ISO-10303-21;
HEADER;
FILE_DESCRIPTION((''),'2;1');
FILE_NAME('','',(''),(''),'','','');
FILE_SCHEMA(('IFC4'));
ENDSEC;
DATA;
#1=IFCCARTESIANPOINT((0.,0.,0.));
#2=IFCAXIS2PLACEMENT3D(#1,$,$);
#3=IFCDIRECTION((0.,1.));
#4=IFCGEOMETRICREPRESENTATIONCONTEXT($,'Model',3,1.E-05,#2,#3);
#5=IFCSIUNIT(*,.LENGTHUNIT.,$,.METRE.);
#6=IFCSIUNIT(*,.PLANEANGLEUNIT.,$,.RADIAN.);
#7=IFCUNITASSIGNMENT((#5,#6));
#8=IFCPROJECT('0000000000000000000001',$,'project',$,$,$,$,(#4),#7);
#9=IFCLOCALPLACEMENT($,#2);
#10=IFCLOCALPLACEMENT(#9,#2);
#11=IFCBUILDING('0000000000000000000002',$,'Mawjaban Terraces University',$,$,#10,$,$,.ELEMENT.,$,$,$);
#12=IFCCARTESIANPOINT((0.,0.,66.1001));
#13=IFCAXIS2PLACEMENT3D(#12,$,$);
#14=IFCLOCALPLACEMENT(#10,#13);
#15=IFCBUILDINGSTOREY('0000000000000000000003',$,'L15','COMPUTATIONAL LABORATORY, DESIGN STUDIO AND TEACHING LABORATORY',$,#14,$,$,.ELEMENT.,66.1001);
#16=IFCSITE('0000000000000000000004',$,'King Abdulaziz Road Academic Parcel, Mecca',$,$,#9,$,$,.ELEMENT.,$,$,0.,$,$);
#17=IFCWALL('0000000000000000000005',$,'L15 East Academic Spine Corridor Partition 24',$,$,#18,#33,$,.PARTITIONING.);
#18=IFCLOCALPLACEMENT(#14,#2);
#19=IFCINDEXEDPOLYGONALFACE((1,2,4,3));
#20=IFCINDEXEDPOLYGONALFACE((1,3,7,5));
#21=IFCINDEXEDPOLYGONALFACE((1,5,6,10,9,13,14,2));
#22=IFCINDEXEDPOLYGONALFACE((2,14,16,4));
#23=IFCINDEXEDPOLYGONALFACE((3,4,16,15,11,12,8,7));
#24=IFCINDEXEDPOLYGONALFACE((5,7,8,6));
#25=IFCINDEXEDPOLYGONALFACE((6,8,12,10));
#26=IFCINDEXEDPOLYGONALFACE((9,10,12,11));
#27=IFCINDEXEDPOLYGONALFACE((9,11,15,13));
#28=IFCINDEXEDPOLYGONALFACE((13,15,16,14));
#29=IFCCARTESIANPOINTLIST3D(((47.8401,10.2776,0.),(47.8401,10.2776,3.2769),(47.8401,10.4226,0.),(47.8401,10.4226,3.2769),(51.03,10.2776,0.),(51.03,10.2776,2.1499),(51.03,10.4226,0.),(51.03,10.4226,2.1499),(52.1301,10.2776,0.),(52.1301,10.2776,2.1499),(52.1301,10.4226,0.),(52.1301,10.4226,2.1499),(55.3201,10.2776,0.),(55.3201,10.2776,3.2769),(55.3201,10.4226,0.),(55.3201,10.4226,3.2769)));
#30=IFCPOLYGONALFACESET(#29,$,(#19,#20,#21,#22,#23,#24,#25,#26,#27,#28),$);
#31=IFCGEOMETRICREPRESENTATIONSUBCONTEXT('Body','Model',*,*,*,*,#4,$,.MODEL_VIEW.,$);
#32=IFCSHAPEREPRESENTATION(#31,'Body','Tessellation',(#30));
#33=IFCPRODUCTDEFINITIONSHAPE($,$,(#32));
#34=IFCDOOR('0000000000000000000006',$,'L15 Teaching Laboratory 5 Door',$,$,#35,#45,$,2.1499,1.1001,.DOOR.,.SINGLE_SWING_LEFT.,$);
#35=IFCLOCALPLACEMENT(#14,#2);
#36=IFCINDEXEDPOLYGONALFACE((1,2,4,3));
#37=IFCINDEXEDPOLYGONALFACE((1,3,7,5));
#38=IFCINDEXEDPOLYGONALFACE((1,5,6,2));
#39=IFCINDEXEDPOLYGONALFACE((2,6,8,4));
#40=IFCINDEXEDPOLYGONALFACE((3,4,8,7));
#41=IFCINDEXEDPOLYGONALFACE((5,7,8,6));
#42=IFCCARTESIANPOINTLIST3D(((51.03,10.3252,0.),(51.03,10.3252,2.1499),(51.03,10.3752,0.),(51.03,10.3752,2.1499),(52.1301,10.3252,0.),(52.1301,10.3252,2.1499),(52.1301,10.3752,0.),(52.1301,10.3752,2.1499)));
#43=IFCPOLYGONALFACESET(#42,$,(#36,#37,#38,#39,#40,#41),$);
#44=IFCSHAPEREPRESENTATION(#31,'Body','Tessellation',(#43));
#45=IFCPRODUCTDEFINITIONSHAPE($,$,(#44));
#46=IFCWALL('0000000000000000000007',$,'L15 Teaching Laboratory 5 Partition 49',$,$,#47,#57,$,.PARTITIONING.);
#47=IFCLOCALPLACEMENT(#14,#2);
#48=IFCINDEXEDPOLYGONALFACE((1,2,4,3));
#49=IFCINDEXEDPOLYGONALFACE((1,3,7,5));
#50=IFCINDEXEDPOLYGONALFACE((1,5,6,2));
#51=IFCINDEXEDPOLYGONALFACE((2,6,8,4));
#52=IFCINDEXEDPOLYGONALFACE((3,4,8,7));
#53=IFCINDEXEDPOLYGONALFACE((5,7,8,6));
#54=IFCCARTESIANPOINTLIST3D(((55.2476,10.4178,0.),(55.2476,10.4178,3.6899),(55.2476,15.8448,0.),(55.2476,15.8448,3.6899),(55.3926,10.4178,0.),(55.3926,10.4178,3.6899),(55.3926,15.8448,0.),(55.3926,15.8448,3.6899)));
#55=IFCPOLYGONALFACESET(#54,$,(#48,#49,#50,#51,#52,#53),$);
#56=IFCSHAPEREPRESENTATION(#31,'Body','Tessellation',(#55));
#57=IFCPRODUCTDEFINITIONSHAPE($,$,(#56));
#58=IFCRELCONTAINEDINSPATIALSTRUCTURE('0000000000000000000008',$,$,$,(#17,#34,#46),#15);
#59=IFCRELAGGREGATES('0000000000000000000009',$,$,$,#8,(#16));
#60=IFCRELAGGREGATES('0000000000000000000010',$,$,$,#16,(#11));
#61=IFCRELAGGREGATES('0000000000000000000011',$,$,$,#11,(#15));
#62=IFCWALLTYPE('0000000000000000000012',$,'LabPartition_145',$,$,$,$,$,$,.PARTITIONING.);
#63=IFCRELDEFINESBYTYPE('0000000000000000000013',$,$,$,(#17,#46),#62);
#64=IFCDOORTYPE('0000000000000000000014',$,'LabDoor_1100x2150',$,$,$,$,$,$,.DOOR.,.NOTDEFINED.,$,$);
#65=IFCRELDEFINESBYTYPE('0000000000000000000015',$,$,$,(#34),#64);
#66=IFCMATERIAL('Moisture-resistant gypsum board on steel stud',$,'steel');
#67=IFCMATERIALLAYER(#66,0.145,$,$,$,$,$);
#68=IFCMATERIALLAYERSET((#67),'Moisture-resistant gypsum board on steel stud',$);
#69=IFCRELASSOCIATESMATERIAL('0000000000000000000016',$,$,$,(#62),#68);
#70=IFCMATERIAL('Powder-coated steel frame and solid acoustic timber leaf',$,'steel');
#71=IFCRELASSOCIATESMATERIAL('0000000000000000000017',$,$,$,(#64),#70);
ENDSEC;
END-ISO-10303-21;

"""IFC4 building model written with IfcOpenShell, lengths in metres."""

from ifc_helpers import new_model, si_unit, direction, frame, frame_2d, origin, place, context, subcontext, project, spatial, rectangle, extrude, material, layer, layer_set, type_object, element, fill, save


model = new_model("IFC4")

# Units and contexts
model_context = context("Model", 3, precision=1e-05, world=origin(), true_north=direction((0.0, 1.0)))
body_context = subcontext(model_context, "Body", "Model", "MODEL_VIEW")
ifc_project = project(units=[si_unit("LENGTHUNIT", "METRE"), si_unit("PLANEANGLEUNIT", "RADIAN")], contexts=[model_context])

# Site, building, storey
site_placement = place(None, origin())
site = spatial("IfcSite", under=ifc_project, at=site_placement, Name="King Abdulaziz Road Academic Parcel, Mecca", CompositionType="ELEMENT", RefElevation=0.0)
building_placement = place(site_placement, origin())
building = spatial("IfcBuilding", under=site, at=building_placement, Name="Mawjaban Terraces University", CompositionType="ELEMENT")
storey_placement = place(building_placement, frame((0.0, 0.0, 66.1001)))
storey = spatial("IfcBuildingStorey", under=building, at=storey_placement, Name="L15", Description="COMPUTATIONAL LABORATORY, DESIGN STUDIO AND TEACHING LABORATORY", CompositionType="ELEMENT", Elevation=66.1001)

# Shared definitions
ifc_material_1 = material(Name="Powder-coated steel frame and solid acoustic timber leaf", Category="steel")

# Wall, opening, door
ifc_material_2 = material(Name="Moisture-resistant gypsum board on steel stud", Category="steel")
ifc_layer_1 = layer(ifc_material_2, 0.145)
ifc_layer_set_1 = layer_set([ifc_layer_1], Name="Moisture-resistant gypsum board on steel stud")
wall_type_1 = type_object("IfcWallType", Name="LabPartition_145", PredefinedType="PARTITIONING", material=ifc_layer_set_1)
wall_1_placement = place(storey_placement, frame((55.3201, 10.3501, 0.0), z_axis=(0.0, 0.0, 1.0), x_axis=(-1.0, 0.0, 0.0)))
wall_1 = element("IfcWall", 1, at=wall_1_placement, inside=storey, type_object=wall_type_1, Name="L15 East Academic Spine Corridor Partition 24", PredefinedType="PARTITIONING", context=body_context, shape_type="SweptSolid", body=[
    extrude(rectangle(XDim=7.48, YDim=0.145, at=frame_2d((3.74, 0.0))), origin(), (0.0, 0.0, 1.0), 3.2769),
])
opening_1_placement = place(wall_1_placement, frame((3.1899, 0.0, 0.0)))
opening_1 = element("IfcOpeningElement", 2, at=opening_1_placement, cuts=wall_1, PredefinedType="OPENING", context=body_context, shape_type="SweptSolid", body=[
    extrude(rectangle(XDim=1.1001, YDim=2.1499, at=frame_2d((0.55, 1.075))), frame((0.0, 0.0825, 0.0), z_axis=(0.0, -1.0, 0.0), x_axis=(1.0, 0.0, 0.0)), (0.0, 0.0, 1.0), 0.165),
])
door_type_1 = type_object("IfcDoorType", Name="LabDoor_1100x2150", OperationType="NOTDEFINED", PredefinedType="DOOR", material=ifc_material_1)
door_1_placement = place(opening_1_placement, origin())
door_1 = element("IfcDoor", 3, at=door_1_placement, inside=storey, type_object=door_type_1, Name="L15 Teaching Laboratory 5 Door", OperationType="SINGLE_SWING_LEFT", OverallHeight=2.1499, OverallWidth=1.1001, PredefinedType="DOOR", context=body_context, shape_type="SweptSolid", body=[
    extrude(rectangle(XDim=1.1001, YDim=2.1499, at=frame_2d((0.55, 1.075))), frame((0.0, 0.0249, 0.0), z_axis=(0.0, -1.0, 0.0), x_axis=(1.0, 0.0, 0.0)), (0.0, 0.0, 1.0), 0.05),
])
fill(opening_1, door_1)

# Wall
wall_2_placement = place(storey_placement, frame((55.3201, 10.418, 0.0), z_axis=(0.0, 0.0, 1.0), x_axis=(0.0, 1.0, 0.0)))
element("IfcWall", 4, at=wall_2_placement, inside=storey, type_object=wall_type_1, Name="L15 Teaching Laboratory 5 Partition 49", PredefinedType="PARTITIONING", context=body_context, shape_type="SweptSolid", body=[
    extrude(rectangle(XDim=5.427, YDim=0.145, at=frame_2d((2.7134, 0.0))), origin(), (0.0, 0.0, 1.0), 3.6899),
])

save(model, "model.ifc")
